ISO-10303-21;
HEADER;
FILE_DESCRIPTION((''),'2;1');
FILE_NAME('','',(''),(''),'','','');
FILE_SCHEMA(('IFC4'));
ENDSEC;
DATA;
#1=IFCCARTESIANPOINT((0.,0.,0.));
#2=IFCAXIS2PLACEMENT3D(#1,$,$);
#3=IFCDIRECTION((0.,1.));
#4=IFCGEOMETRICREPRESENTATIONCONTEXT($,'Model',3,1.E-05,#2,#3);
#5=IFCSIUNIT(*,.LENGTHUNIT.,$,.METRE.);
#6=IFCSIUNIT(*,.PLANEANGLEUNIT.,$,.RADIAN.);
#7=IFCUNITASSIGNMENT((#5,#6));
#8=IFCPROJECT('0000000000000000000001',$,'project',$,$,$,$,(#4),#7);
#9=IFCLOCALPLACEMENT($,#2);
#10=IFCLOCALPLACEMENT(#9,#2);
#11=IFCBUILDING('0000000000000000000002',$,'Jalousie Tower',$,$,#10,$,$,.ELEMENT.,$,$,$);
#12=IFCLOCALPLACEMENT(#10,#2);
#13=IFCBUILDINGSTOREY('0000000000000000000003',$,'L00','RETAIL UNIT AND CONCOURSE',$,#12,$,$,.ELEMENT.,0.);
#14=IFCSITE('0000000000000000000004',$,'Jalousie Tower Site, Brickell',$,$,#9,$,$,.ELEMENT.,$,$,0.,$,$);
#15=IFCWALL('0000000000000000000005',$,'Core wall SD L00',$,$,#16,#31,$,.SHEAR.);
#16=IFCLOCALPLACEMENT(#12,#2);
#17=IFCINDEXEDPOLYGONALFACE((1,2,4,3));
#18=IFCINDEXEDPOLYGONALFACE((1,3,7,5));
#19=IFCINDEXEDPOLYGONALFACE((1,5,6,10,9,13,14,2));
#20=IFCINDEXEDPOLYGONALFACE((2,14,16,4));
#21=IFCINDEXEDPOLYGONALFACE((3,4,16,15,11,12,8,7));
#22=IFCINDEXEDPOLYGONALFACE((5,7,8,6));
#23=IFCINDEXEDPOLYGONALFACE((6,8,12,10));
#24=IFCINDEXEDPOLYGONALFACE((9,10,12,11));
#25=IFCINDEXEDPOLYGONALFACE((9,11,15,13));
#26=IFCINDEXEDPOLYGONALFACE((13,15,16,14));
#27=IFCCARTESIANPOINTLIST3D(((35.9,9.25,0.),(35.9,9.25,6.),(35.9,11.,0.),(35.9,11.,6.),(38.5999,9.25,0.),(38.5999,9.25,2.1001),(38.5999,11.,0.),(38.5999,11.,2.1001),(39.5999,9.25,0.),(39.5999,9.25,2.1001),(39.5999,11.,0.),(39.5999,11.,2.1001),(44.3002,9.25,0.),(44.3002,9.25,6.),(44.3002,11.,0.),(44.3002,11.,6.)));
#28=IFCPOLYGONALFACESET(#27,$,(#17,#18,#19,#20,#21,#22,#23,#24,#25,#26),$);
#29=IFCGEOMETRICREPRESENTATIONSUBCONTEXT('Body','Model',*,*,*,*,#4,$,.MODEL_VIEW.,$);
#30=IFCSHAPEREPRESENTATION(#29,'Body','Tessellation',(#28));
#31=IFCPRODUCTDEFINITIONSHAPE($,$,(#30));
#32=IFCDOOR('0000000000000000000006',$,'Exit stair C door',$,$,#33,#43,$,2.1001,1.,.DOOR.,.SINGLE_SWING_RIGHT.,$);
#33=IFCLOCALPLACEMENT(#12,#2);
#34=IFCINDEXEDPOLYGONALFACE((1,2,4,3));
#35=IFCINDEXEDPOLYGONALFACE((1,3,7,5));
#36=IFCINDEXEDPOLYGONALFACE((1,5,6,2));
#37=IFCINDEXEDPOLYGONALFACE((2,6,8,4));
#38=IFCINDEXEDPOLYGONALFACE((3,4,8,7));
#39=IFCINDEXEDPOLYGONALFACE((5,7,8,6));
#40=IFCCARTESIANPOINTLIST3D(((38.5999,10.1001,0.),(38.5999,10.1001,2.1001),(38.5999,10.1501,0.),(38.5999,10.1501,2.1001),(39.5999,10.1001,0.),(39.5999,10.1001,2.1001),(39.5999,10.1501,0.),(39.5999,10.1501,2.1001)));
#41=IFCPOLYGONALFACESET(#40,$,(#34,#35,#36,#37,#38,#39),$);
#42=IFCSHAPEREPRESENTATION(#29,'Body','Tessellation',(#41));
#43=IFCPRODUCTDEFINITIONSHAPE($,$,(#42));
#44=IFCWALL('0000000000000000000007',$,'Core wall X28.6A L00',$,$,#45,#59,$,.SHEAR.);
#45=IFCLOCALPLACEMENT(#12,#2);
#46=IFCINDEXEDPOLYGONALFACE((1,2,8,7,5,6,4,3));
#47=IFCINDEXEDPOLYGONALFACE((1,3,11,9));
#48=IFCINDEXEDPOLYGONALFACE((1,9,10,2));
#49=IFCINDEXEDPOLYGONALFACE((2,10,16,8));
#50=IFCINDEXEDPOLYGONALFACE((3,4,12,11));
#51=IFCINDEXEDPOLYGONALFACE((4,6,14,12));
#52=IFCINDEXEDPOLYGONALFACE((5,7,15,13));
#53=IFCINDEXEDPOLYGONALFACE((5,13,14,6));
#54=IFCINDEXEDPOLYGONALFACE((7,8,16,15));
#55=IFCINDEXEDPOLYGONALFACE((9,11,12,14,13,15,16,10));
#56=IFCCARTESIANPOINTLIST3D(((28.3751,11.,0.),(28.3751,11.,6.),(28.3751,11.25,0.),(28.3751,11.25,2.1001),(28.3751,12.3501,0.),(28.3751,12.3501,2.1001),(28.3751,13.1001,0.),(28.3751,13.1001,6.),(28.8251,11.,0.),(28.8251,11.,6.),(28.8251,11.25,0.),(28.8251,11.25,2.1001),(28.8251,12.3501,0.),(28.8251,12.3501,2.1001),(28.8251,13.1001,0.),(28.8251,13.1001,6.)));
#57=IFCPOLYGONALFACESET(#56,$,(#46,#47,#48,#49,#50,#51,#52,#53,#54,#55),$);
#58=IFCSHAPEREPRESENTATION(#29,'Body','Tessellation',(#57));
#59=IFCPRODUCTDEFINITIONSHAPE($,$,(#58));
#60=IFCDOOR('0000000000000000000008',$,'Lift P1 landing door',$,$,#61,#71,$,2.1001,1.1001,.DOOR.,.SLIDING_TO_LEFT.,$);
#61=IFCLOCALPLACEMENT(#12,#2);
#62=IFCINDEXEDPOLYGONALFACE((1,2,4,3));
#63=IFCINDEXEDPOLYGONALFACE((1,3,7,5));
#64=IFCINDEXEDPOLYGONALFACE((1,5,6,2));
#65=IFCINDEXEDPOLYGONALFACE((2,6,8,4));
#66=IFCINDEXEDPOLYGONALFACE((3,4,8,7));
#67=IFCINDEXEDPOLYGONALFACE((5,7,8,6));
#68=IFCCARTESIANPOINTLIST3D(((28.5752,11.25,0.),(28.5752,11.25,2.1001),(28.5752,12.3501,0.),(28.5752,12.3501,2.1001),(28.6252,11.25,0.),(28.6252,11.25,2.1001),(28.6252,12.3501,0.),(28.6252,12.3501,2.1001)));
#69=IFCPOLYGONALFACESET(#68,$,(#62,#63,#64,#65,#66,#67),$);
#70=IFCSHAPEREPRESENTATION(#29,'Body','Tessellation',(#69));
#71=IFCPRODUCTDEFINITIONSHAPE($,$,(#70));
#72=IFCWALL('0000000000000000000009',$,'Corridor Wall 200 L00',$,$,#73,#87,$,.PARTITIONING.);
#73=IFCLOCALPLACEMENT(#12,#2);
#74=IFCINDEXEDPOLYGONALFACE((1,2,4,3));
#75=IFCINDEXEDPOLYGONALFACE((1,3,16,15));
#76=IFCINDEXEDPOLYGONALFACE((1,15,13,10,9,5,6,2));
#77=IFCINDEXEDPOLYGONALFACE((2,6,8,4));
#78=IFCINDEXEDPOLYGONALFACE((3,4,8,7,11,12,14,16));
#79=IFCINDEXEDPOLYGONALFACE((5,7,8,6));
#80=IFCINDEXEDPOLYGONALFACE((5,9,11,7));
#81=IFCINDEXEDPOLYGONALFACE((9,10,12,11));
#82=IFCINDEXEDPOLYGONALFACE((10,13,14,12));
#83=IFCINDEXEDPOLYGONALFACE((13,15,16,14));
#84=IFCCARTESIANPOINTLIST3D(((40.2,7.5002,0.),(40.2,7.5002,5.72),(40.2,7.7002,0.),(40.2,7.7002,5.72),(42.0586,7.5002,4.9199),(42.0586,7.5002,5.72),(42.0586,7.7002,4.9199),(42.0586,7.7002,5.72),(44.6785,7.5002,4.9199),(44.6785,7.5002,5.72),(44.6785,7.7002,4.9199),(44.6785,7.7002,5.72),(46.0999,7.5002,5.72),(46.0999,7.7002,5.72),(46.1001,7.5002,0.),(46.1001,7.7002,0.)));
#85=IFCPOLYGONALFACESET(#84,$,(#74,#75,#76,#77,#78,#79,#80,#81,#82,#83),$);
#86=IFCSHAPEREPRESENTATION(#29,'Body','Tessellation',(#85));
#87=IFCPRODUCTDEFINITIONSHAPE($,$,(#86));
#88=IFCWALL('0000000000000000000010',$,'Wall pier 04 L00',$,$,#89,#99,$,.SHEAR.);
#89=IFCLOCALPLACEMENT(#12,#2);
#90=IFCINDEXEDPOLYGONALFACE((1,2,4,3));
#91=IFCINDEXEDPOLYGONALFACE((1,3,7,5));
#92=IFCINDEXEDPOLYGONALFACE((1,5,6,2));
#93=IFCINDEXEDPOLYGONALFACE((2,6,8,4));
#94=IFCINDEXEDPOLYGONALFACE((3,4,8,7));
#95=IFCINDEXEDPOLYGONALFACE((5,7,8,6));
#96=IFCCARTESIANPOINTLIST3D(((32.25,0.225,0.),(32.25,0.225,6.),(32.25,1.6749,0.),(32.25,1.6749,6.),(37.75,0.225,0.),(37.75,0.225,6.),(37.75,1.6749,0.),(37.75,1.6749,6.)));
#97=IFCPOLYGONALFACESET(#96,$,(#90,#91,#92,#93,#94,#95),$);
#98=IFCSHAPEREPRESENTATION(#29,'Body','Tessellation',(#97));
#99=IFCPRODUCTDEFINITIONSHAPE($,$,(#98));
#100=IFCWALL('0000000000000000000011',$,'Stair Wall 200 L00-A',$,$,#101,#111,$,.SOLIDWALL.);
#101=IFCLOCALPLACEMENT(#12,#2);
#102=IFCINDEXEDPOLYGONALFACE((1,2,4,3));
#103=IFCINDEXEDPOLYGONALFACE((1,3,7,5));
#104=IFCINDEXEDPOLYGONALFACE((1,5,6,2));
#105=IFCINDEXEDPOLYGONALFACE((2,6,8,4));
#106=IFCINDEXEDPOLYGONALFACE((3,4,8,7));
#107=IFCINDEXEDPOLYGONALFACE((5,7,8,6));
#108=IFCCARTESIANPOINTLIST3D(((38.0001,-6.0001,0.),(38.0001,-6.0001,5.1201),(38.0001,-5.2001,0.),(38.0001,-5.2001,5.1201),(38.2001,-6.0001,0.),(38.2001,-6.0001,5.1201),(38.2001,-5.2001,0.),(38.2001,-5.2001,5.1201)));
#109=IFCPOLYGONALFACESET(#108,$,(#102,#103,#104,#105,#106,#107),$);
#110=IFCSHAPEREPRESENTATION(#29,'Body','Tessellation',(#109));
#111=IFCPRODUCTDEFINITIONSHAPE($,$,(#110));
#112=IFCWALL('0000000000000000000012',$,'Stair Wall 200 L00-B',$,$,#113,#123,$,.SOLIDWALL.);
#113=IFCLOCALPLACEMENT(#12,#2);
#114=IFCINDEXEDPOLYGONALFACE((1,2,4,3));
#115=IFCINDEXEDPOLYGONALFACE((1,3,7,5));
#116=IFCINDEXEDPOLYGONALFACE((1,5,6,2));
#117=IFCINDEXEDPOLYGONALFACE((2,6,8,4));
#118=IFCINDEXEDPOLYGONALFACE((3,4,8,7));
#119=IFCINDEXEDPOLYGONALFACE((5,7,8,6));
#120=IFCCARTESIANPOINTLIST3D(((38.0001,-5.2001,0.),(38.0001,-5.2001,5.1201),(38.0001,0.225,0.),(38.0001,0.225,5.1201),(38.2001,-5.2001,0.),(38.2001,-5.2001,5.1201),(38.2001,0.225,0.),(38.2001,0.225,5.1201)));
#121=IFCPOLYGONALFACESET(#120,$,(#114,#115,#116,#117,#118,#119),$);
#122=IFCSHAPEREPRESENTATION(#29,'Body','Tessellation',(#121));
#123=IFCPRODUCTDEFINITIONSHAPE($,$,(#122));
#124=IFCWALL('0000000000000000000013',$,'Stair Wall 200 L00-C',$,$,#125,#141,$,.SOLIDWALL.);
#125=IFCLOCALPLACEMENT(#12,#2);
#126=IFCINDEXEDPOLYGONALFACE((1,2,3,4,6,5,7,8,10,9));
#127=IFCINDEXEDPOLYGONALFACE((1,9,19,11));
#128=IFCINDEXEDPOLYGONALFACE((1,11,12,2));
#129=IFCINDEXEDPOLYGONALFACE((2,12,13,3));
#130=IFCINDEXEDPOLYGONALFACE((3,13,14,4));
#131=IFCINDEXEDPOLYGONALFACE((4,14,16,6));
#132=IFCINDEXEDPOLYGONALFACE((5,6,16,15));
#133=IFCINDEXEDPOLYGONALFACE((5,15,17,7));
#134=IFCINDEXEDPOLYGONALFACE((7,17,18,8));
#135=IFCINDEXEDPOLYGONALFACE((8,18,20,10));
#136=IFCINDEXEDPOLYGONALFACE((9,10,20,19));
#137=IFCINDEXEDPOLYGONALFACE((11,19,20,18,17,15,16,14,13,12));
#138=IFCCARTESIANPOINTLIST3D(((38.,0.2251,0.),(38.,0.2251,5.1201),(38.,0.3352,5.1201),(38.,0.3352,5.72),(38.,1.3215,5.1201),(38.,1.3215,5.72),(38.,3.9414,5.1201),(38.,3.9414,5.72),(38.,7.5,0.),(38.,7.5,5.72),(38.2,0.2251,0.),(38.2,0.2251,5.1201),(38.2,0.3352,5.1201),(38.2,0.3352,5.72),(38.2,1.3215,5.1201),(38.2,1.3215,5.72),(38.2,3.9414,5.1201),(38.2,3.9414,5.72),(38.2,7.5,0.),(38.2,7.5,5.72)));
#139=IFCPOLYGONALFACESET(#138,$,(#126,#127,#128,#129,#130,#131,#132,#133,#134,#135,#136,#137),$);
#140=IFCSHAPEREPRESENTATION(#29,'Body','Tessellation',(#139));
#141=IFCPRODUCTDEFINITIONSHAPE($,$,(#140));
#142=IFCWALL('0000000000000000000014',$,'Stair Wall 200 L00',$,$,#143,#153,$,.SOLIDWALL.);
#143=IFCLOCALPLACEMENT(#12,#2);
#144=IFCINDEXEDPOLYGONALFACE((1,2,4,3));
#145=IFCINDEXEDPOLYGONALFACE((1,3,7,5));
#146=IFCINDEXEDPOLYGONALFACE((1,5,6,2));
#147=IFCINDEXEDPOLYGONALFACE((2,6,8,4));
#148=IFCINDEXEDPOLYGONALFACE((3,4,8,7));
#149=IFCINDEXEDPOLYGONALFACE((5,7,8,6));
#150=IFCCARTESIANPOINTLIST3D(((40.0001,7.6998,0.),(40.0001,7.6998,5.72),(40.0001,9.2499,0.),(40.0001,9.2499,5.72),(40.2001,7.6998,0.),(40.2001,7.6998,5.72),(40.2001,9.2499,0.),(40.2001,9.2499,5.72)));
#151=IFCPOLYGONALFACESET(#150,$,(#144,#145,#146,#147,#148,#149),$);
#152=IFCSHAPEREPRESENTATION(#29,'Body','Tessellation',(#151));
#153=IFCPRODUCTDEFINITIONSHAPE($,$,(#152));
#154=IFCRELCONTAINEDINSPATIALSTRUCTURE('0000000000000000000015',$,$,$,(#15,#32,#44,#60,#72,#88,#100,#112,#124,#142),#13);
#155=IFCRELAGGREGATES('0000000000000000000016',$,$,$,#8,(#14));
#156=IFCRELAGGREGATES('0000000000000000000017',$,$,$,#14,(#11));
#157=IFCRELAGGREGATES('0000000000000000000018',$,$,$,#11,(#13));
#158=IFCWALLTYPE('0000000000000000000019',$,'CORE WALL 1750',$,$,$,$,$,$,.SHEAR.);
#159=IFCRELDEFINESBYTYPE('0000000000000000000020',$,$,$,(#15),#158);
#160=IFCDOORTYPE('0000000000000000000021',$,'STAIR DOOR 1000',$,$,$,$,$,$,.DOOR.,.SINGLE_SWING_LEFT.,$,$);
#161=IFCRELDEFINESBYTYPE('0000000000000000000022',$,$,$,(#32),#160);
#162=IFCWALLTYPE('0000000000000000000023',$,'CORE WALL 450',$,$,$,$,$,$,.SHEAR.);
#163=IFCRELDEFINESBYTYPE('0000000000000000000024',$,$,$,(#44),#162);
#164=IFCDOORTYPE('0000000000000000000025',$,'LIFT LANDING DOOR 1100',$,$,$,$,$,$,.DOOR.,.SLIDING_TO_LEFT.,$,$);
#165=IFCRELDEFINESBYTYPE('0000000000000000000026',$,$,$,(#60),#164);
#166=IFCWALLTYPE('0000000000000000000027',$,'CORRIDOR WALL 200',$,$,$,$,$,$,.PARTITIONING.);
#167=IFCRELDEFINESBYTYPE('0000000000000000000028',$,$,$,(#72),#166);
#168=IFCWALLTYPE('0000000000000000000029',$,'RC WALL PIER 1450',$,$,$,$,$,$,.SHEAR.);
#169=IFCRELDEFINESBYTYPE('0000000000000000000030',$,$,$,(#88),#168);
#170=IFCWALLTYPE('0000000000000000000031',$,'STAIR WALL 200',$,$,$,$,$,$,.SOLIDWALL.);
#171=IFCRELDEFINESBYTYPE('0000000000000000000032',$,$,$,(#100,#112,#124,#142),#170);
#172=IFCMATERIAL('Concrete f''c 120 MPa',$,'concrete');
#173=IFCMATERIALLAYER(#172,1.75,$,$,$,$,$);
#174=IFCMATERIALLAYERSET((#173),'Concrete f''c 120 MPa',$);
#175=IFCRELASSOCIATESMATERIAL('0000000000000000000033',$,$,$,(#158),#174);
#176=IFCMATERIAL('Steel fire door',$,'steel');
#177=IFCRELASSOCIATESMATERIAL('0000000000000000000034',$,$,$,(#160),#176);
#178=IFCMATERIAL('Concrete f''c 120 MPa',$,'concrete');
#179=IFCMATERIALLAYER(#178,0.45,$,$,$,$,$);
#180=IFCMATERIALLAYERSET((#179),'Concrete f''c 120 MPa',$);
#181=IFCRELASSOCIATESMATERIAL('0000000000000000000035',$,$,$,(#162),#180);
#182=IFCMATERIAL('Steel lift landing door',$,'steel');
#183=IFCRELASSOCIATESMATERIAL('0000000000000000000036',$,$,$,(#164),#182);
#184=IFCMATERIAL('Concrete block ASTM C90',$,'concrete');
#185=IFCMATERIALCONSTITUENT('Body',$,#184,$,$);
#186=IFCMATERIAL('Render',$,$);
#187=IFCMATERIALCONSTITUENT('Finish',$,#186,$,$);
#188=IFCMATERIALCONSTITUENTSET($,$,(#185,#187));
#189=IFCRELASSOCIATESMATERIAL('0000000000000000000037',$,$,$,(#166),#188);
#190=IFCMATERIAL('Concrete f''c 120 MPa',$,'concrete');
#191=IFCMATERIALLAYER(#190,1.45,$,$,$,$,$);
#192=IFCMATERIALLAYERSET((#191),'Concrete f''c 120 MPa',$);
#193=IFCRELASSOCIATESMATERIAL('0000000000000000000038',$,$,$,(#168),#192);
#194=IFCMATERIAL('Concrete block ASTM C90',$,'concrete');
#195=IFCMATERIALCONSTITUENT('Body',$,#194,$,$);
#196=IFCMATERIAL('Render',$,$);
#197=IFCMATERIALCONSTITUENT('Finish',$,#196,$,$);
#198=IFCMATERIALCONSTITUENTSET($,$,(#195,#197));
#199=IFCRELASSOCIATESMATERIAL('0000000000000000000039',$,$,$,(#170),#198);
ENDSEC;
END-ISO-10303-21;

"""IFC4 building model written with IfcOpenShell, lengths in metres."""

from ifc_helpers import new_model, si_unit, direction, frame, frame_2d, origin, place, context, subcontext, project, spatial, polyline, rectangle, outline, extrude, material, layer, layer_set, constituent, constituent_set, type_object, element, fill, save


model = new_model("IFC4")

# Units and contexts
model_context = context("Model", 3, precision=1e-05, world=origin(), true_north=direction((0.0, 1.0)))
body_context = subcontext(model_context, "Body", "Model", "MODEL_VIEW")
ifc_project = project(units=[si_unit("LENGTHUNIT", "METRE"), si_unit("PLANEANGLEUNIT", "RADIAN")], contexts=[model_context])

# Site, building, storey
site_placement = place(None, origin())
site = spatial("IfcSite", under=ifc_project, at=site_placement, Name="Jalousie Tower Site, Brickell", CompositionType="ELEMENT", RefElevation=0.0)
building_placement = place(site_placement, origin())
building = spatial("IfcBuilding", under=site, at=building_placement, Name="Jalousie Tower", CompositionType="ELEMENT")
storey_placement = place(building_placement, origin())
storey = spatial("IfcBuildingStorey", under=building, at=storey_placement, Name="L00", Description="RETAIL UNIT AND CONCOURSE", CompositionType="ELEMENT", Elevation=0.0)

# Shared definitions
ifc_material_1 = material(Name="Concrete f'c 120 MPa", Category="concrete")
ifc_layer_1 = layer(ifc_material_1, 1.75)
ifc_layer_set_1 = layer_set([ifc_layer_1], Name="Concrete f'c 120 MPa")
wall_type_1 = type_object("IfcWallType", Name="CORE WALL 1750", PredefinedType="SHEAR", material=ifc_layer_set_1)

# Walls, openings, doors
wall_1_placement = place(storey_placement, frame((35.8999, 10.125, 0.0), z_axis=(0.0, 0.0, 1.0), x_axis=(1.0, 0.0, 0.0)))
wall_1 = element("IfcWall", 1, at=wall_1_placement, inside=storey, type_object=wall_type_1, Name="Core wall SD L00", PredefinedType="SHEAR", context=body_context, shape_type="SweptSolid", body=[
    extrude(rectangle(XDim=8.4001, YDim=1.75, at=frame_2d((4.2002, 0.0))), origin(), (0.0, 0.0, 1.0), 6.0),
])
opening_1_placement = place(wall_1_placement, frame((2.7, 0.0, 0.0)))
opening_1 = element("IfcOpeningElement", 2, at=opening_1_placement, cuts=wall_1, PredefinedType="OPENING", context=body_context, shape_type="SweptSolid", body=[
    extrude(rectangle(XDim=1.0, YDim=2.1001, at=frame_2d((0.5, 1.05))), frame((0.0, 0.885, 0.0), z_axis=(0.0, -1.0, 0.0), x_axis=(1.0, 0.0, 0.0)), (0.0, 0.0, 1.0), 1.77),
])
ifc_material_2 = material(Name="Steel fire door", Category="steel")
door_type_1 = type_object("IfcDoorType", Name="STAIR DOOR 1000", OperationType="SINGLE_SWING_LEFT", PredefinedType="DOOR", material=ifc_material_2)
door_1_placement = place(opening_1_placement, frame((1.0, 0.0, 0.0), z_axis=(0.0, 0.0, 1.0), x_axis=(-1.0, 0.0, 0.0)))
door_1 = element("IfcDoor", 3, at=door_1_placement, inside=storey, type_object=door_type_1, Name="Exit stair C door", OperationType="SINGLE_SWING_RIGHT", OverallHeight=2.1001, OverallWidth=1.0, PredefinedType="DOOR", context=body_context, shape_type="SweptSolid", body=[
    extrude(rectangle(XDim=1.0, YDim=2.1001, at=frame_2d((0.5, 1.05))), frame((0.0, 0.0249, 0.0), z_axis=(0.0, -1.0, 0.0), x_axis=(1.0, 0.0, 0.0)), (0.0, 0.0, 1.0), 0.05),
])
fill(opening_1, door_1)
ifc_material_3 = material(Name="Concrete f'c 120 MPa", Category="concrete")
ifc_layer_2 = layer(ifc_material_3, 0.45)
ifc_layer_set_2 = layer_set([ifc_layer_2], Name="Concrete f'c 120 MPa")
wall_type_2 = type_object("IfcWallType", Name="CORE WALL 450", PredefinedType="SHEAR", material=ifc_layer_set_2)
wall_2_placement = place(storey_placement, frame((28.6001, 11.0, 0.0), z_axis=(0.0, 0.0, 1.0), x_axis=(0.0, 1.0, 0.0)))
wall_2 = element("IfcWall", 4, at=wall_2_placement, inside=storey, type_object=wall_type_2, Name="Core wall X28.6A L00", PredefinedType="SHEAR", context=body_context, shape_type="SweptSolid", body=[
    extrude(rectangle(XDim=2.1001, YDim=0.45, at=frame_2d((1.05, 0.0))), origin(), (0.0, 0.0, 1.0), 6.0),
])
opening_2_placement = place(wall_2_placement, frame((0.25, 0.0, 0.0)))
opening_2 = element("IfcOpeningElement", 5, at=opening_2_placement, cuts=wall_2, PredefinedType="OPENING", context=body_context, shape_type="SweptSolid", body=[
    extrude(rectangle(XDim=1.1001, YDim=2.1001, at=frame_2d((0.55, 1.05))), frame((0.0, 0.2349, 0.0), z_axis=(0.0, -1.0, 0.0), x_axis=(1.0, 0.0, 0.0)), (0.0, 0.0, 1.0), 0.47),
])
ifc_material_4 = material(Name="Steel lift landing door", Category="steel")
door_type_2 = type_object("IfcDoorType", Name="LIFT LANDING DOOR 1100", OperationType="SLIDING_TO_LEFT", PredefinedType="DOOR", material=ifc_material_4)
door_2_placement = place(opening_2_placement, origin())
door_2 = element("IfcDoor", 6, at=door_2_placement, inside=storey, type_object=door_type_2, Name="Lift P1 landing door", OperationType="SLIDING_TO_LEFT", OverallHeight=2.1001, OverallWidth=1.1001, PredefinedType="DOOR", context=body_context, shape_type="SweptSolid", body=[
    extrude(rectangle(XDim=1.1001, YDim=2.1001, at=frame_2d((0.55, 1.05))), frame((0.0, 0.0249, 0.0), z_axis=(0.0, -1.0, 0.0), x_axis=(1.0, 0.0, 0.0)), (0.0, 0.0, 1.0), 0.05),
])
fill(opening_2, door_2)

# Walls
ifc_material_5 = material(Name="Concrete block ASTM C90", Category="concrete")
ifc_constituent_1 = constituent(ifc_material_5, Name="Body")
ifc_material_6 = material(Name="Render")
ifc_constituent_2 = constituent(ifc_material_6, Name="Finish")
ifc_constituent_set_1 = constituent_set(constituents=[ifc_constituent_1, ifc_constituent_2])
wall_type_3 = type_object("IfcWallType", Name="CORRIDOR WALL 200", PredefinedType="PARTITIONING", material=ifc_constituent_set_1)
wall_3_placement = place(storey_placement, frame((40.2, 7.6001, 0.0), z_axis=(0.0, 0.0, 1.0), x_axis=(1.0, 0.0, 0.0)))
element("IfcWall", 7, at=wall_3_placement, inside=storey, type_object=wall_type_3, Name="Corridor Wall 200 L00", PredefinedType="PARTITIONING", context=body_context, shape_type="SweptSolid", body=[
    extrude(outline(polyline([(0.0, 0.0), (5.9001, 0.0), (5.8999, 5.72), (4.4785, 5.72), (4.4785, 4.9199), (1.8586, 4.9199), (1.8586, 5.72), (0.0, 5.72), (0.0, 0.0)])), frame((0.0, 0.1001, 0.0), z_axis=(0.0, -1.0, 0.0), x_axis=(1.0, 0.0, 0.0)), (0.0, 0.0, 1.0), 0.2),
])
ifc_material_7 = material(Name="Concrete f'c 120 MPa", Category="concrete")
ifc_layer_3 = layer(ifc_material_7, 1.45)
ifc_layer_set_3 = layer_set([ifc_layer_3], Name="Concrete f'c 120 MPa")
wall_type_4 = type_object("IfcWallType", Name="RC WALL PIER 1450", PredefinedType="SHEAR", material=ifc_layer_set_3)
wall_4_placement = place(storey_placement, frame((32.25, 0.95, 0.0), z_axis=(0.0, 0.0, 1.0), x_axis=(1.0, 0.0, 0.0)))
element("IfcWall", 8, at=wall_4_placement, inside=storey, type_object=wall_type_4, Name="Wall pier 04 L00", PredefinedType="SHEAR", context=body_context, shape_type="SweptSolid", body=[
    extrude(rectangle(XDim=5.5, YDim=1.45, at=frame_2d((2.75, 0.0))), origin(), (0.0, 0.0, 1.0), 6.0),
])
ifc_material_8 = material(Name="Concrete block ASTM C90", Category="concrete")
ifc_constituent_3 = constituent(ifc_material_8, Name="Body")
ifc_material_9 = material(Name="Render")
ifc_constituent_4 = constituent(ifc_material_9, Name="Finish")
ifc_constituent_set_2 = constituent_set(constituents=[ifc_constituent_3, ifc_constituent_4])
wall_type_5 = type_object("IfcWallType", Name="STAIR WALL 200", PredefinedType="SOLIDWALL", material=ifc_constituent_set_2)
wall_5_placement = place(storey_placement, frame((38.1001, -6.0, 0.0), z_axis=(0.0, 0.0, 1.0), x_axis=(0.0, 1.0, 0.0)))
element("IfcWall", 9, at=wall_5_placement, inside=storey, type_object=wall_type_5, Name="Stair Wall 200 L00-A", PredefinedType="SOLIDWALL", context=body_context, shape_type="SweptSolid", body=[
    extrude(rectangle(XDim=0.8, YDim=0.2, at=frame_2d((0.3999, 0.0))), origin(), (0.0, 0.0, 1.0), 5.1201),
])
wall_6_placement = place(storey_placement, frame((38.1001, -5.2, 0.0), z_axis=(0.0, 0.0, 1.0), x_axis=(0.0, 1.0, 0.0)))
element("IfcWall", 10, at=wall_6_placement, inside=storey, type_object=wall_type_5, Name="Stair Wall 200 L00-B", PredefinedType="SOLIDWALL", context=body_context, shape_type="SweptSolid", body=[
    extrude(rectangle(XDim=5.425, YDim=0.2, at=frame_2d((2.7124, 0.0))), origin(), (0.0, 0.0, 1.0), 5.1201),
])
wall_7_placement = place(storey_placement, frame((38.1001, 0.2251, 0.0), z_axis=(0.0, 0.0, 1.0), x_axis=(0.0, 1.0, 0.0)))
element("IfcWall", 11, at=wall_7_placement, inside=storey, type_object=wall_type_5, Name="Stair Wall 200 L00-C", PredefinedType="SOLIDWALL", context=body_context, shape_type="SweptSolid", body=[
    extrude(outline(polyline([(0.0, 0.0), (7.2749, 0.0), (7.2749, 5.72), (3.7163, 5.72), (3.7163, 5.1201), (1.0964, 5.1201), (1.0964, 5.72), (0.1101, 5.72), (0.1101, 5.1201), (0.0, 5.1201), (0.0, 0.0)])), frame((0.0, 0.1001, 0.0), z_axis=(0.0, -1.0, 0.0), x_axis=(1.0, 0.0, 0.0)), (0.0, 0.0, 1.0), 0.2),
])
wall_8_placement = place(storey_placement, frame((40.1001, 7.7, 0.0), z_axis=(0.0, 0.0, 1.0), x_axis=(0.0, 1.0, 0.0)))
element("IfcWall", 12, at=wall_8_placement, inside=storey, type_object=wall_type_5, Name="Stair Wall 200 L00", PredefinedType="SOLIDWALL", context=body_context, shape_type="SweptSolid", body=[
    extrude(rectangle(XDim=1.55, YDim=0.2, at=frame_2d((0.7749, 0.0))), origin(), (0.0, 0.0, 1.0), 5.72),
])

save(model, "model.ifc")
